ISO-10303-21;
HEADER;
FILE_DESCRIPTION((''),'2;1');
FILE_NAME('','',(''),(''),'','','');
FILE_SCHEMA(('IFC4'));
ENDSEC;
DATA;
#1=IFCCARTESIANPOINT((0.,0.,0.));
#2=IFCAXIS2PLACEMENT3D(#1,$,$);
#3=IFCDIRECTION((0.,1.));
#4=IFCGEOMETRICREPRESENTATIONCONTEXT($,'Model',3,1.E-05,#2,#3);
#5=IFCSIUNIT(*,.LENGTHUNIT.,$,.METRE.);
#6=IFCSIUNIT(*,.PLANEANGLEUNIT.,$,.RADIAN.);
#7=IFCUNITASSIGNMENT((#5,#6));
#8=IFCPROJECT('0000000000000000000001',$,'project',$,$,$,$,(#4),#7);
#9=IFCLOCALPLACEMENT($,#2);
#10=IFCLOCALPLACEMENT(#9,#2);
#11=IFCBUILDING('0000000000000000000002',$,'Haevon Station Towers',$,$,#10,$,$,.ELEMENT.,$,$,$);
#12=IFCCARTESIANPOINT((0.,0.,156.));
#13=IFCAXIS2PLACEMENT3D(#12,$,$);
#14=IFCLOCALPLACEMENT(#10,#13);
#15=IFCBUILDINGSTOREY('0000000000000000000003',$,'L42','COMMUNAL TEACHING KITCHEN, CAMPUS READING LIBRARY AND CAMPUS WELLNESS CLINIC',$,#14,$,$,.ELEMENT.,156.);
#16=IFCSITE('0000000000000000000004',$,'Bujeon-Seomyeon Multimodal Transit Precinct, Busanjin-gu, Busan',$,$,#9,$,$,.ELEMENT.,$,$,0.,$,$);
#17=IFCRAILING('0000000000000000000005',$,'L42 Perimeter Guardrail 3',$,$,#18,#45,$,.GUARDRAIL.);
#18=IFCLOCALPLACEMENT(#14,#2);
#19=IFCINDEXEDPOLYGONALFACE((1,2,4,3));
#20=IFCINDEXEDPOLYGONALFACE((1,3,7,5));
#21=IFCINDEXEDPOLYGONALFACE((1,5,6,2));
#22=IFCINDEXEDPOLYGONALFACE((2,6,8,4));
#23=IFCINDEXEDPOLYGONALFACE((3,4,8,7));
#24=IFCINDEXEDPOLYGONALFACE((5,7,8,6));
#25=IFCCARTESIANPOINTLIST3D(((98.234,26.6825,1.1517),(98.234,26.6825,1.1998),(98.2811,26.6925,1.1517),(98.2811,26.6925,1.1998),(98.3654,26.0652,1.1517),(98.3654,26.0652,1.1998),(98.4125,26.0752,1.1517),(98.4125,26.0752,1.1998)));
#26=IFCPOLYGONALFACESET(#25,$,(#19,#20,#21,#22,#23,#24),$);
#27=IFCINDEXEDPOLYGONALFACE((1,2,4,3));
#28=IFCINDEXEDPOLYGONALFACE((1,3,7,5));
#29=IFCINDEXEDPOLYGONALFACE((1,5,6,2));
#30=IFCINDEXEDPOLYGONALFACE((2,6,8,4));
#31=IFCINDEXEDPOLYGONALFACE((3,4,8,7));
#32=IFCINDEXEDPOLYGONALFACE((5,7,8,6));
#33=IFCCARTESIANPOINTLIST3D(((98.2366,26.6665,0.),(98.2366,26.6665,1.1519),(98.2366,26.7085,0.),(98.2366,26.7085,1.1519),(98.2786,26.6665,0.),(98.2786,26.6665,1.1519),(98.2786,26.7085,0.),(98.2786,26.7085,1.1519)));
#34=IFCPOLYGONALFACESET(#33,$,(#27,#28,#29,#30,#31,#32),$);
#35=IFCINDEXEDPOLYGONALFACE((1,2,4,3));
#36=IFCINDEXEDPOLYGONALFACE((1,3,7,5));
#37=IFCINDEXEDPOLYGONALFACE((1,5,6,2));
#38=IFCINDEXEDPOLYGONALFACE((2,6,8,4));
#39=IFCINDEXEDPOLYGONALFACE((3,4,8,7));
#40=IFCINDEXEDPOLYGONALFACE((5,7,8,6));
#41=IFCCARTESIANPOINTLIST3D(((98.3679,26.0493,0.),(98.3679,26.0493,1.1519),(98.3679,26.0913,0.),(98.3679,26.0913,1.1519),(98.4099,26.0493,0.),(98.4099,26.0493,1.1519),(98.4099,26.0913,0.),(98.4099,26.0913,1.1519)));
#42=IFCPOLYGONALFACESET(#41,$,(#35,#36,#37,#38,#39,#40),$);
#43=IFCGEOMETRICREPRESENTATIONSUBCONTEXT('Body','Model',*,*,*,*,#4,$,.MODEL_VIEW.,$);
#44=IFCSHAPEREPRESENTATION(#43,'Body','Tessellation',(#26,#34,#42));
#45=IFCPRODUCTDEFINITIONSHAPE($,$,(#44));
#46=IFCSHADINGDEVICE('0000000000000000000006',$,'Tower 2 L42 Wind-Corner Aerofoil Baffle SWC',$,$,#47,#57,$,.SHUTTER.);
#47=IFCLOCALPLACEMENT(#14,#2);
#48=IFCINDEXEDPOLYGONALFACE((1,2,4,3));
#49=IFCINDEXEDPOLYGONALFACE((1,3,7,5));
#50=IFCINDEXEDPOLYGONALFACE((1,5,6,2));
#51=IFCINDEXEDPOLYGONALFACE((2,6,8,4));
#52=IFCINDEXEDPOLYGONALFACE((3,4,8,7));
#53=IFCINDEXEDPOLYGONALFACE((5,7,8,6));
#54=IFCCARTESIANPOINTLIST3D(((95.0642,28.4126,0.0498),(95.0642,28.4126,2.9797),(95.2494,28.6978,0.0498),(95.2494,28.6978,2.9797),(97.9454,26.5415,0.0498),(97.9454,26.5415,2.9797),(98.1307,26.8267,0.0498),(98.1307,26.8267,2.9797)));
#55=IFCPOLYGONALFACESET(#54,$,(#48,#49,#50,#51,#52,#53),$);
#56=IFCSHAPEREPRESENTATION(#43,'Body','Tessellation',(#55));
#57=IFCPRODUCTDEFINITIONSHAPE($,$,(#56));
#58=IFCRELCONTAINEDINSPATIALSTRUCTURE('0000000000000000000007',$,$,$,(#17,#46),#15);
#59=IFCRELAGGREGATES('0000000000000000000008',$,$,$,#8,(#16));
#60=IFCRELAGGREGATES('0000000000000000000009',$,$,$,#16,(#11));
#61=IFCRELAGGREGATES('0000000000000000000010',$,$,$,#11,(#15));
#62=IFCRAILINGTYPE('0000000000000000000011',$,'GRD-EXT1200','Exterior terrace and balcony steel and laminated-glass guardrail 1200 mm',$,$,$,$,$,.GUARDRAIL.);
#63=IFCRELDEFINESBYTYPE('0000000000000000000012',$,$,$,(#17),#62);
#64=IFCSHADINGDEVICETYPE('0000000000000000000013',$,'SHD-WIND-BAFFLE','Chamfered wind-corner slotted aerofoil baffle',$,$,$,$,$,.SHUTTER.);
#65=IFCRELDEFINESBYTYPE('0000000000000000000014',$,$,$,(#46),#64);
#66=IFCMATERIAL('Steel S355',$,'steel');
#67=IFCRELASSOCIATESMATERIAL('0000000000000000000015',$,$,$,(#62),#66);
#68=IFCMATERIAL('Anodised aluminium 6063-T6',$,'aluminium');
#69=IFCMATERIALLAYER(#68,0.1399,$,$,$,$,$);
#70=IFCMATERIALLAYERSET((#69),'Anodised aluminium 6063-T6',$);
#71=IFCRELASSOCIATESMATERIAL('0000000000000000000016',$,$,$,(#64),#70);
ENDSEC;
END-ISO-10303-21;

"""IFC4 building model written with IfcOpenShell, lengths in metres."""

from ifc_helpers import new_model, si_unit, direction, frame, origin, origin_2d, place, context, subcontext, project, spatial, rectangle, extrude, material, layer, layer_set, type_object, element, save


model = new_model("IFC4")

# Units and contexts
model_context = context("Model", 3, precision=1e-05, world=origin(), true_north=direction((0.0, 1.0)))
body_context = subcontext(model_context, "Body", "Model", "MODEL_VIEW")
ifc_project = project(units=[si_unit("LENGTHUNIT", "METRE"), si_unit("PLANEANGLEUNIT", "RADIAN")], contexts=[model_context])

# Site, building, storey
site_placement = place(None, origin())
site = spatial("IfcSite", under=ifc_project, at=site_placement, Name="Bujeon-Seomyeon Multimodal Transit Precinct, Busanjin-gu, Busan", CompositionType="ELEMENT", RefElevation=0.0)
building_placement = place(site_placement, origin())
building = spatial("IfcBuilding", under=site, at=building_placement, Name="Haevon Station Towers", CompositionType="ELEMENT")
storey_placement = place(building_placement, frame((0.0, 0.0, 156.0)))
storey = spatial("IfcBuildingStorey", under=building, at=storey_placement, Name="L42", Description="COMMUNAL TEACHING KITCHEN, CAMPUS READING LIBRARY AND CAMPUS WELLNESS CLINIC", CompositionType="ELEMENT", Elevation=156.0)

# Shared definitions
ifc_material_1 = material(Name="Steel S355", Category="steel")

# Railing
railing_type = type_object("IfcRailingType", Name="GRD-EXT1200", Description="Exterior terrace and balcony steel and laminated-glass guardrail 1200 mm", PredefinedType="GUARDRAIL", material=ifc_material_1)
railing_1_placement = place(storey_placement, frame((98.2576, 26.6875, 0.0)))
element("IfcRailing", 1, at=railing_1_placement, inside=storey, type_object=railing_type, Name="L42 Perimeter Guardrail 3", PredefinedType="GUARDRAIL", context=body_context, shape_type="SweptSolid", body=[
    extrude(rectangle(XDim=0.0481, YDim=0.0481, at=origin_2d()), frame((0.0, 0.0, 1.1758), z_axis=(0.208155, -0.978096, 0.0), x_axis=(0.978096, 0.208155, 0.0)), (0.0, 0.0, 1.0), 0.6311),
    extrude(rectangle(XDim=0.042, YDim=0.042, at=origin_2d()), origin(), (0.0, 0.0, 1.0), 1.1519),
    extrude(rectangle(XDim=0.042, YDim=0.042, at=origin_2d()), frame((0.1313, -0.6172, 0.0)), (0.0, 0.0, 1.0), 1.1519),
])

# Shading device
ifc_material_2 = material(Name="Anodised aluminium 6063-T6", Category="aluminium")
ifc_layer_1 = layer(ifc_material_2, 0.1399)
ifc_layer_set_1 = layer_set([ifc_layer_1], Name="Anodised aluminium 6063-T6")
shading_device_type = type_object("IfcShadingDeviceType", Name="SHD-WIND-BAFFLE", Description="Chamfered wind-corner slotted aerofoil baffle", PredefinedType="SHUTTER", material=ifc_layer_set_1)
shading_device_placement = place(storey_placement, frame((96.5974, 27.6196, 0.0498), z_axis=(0.0, 0.0, 1.0), x_axis=(-0.838671, 0.544639, 0.0)))
element("IfcShadingDevice", 2, at=shading_device_placement, inside=storey, type_object=shading_device_type, Name="Tower 2 L42 Wind-Corner Aerofoil Baffle SWC", PredefinedType="SHUTTER", context=body_context, shape_type="SweptSolid", body=[
    extrude(rectangle(XDim=3.4355, YDim=0.3401, at=origin_2d()), origin(), (0.0, 0.0, 1.0), 2.9299),
])

save(model, "model.ifc")
